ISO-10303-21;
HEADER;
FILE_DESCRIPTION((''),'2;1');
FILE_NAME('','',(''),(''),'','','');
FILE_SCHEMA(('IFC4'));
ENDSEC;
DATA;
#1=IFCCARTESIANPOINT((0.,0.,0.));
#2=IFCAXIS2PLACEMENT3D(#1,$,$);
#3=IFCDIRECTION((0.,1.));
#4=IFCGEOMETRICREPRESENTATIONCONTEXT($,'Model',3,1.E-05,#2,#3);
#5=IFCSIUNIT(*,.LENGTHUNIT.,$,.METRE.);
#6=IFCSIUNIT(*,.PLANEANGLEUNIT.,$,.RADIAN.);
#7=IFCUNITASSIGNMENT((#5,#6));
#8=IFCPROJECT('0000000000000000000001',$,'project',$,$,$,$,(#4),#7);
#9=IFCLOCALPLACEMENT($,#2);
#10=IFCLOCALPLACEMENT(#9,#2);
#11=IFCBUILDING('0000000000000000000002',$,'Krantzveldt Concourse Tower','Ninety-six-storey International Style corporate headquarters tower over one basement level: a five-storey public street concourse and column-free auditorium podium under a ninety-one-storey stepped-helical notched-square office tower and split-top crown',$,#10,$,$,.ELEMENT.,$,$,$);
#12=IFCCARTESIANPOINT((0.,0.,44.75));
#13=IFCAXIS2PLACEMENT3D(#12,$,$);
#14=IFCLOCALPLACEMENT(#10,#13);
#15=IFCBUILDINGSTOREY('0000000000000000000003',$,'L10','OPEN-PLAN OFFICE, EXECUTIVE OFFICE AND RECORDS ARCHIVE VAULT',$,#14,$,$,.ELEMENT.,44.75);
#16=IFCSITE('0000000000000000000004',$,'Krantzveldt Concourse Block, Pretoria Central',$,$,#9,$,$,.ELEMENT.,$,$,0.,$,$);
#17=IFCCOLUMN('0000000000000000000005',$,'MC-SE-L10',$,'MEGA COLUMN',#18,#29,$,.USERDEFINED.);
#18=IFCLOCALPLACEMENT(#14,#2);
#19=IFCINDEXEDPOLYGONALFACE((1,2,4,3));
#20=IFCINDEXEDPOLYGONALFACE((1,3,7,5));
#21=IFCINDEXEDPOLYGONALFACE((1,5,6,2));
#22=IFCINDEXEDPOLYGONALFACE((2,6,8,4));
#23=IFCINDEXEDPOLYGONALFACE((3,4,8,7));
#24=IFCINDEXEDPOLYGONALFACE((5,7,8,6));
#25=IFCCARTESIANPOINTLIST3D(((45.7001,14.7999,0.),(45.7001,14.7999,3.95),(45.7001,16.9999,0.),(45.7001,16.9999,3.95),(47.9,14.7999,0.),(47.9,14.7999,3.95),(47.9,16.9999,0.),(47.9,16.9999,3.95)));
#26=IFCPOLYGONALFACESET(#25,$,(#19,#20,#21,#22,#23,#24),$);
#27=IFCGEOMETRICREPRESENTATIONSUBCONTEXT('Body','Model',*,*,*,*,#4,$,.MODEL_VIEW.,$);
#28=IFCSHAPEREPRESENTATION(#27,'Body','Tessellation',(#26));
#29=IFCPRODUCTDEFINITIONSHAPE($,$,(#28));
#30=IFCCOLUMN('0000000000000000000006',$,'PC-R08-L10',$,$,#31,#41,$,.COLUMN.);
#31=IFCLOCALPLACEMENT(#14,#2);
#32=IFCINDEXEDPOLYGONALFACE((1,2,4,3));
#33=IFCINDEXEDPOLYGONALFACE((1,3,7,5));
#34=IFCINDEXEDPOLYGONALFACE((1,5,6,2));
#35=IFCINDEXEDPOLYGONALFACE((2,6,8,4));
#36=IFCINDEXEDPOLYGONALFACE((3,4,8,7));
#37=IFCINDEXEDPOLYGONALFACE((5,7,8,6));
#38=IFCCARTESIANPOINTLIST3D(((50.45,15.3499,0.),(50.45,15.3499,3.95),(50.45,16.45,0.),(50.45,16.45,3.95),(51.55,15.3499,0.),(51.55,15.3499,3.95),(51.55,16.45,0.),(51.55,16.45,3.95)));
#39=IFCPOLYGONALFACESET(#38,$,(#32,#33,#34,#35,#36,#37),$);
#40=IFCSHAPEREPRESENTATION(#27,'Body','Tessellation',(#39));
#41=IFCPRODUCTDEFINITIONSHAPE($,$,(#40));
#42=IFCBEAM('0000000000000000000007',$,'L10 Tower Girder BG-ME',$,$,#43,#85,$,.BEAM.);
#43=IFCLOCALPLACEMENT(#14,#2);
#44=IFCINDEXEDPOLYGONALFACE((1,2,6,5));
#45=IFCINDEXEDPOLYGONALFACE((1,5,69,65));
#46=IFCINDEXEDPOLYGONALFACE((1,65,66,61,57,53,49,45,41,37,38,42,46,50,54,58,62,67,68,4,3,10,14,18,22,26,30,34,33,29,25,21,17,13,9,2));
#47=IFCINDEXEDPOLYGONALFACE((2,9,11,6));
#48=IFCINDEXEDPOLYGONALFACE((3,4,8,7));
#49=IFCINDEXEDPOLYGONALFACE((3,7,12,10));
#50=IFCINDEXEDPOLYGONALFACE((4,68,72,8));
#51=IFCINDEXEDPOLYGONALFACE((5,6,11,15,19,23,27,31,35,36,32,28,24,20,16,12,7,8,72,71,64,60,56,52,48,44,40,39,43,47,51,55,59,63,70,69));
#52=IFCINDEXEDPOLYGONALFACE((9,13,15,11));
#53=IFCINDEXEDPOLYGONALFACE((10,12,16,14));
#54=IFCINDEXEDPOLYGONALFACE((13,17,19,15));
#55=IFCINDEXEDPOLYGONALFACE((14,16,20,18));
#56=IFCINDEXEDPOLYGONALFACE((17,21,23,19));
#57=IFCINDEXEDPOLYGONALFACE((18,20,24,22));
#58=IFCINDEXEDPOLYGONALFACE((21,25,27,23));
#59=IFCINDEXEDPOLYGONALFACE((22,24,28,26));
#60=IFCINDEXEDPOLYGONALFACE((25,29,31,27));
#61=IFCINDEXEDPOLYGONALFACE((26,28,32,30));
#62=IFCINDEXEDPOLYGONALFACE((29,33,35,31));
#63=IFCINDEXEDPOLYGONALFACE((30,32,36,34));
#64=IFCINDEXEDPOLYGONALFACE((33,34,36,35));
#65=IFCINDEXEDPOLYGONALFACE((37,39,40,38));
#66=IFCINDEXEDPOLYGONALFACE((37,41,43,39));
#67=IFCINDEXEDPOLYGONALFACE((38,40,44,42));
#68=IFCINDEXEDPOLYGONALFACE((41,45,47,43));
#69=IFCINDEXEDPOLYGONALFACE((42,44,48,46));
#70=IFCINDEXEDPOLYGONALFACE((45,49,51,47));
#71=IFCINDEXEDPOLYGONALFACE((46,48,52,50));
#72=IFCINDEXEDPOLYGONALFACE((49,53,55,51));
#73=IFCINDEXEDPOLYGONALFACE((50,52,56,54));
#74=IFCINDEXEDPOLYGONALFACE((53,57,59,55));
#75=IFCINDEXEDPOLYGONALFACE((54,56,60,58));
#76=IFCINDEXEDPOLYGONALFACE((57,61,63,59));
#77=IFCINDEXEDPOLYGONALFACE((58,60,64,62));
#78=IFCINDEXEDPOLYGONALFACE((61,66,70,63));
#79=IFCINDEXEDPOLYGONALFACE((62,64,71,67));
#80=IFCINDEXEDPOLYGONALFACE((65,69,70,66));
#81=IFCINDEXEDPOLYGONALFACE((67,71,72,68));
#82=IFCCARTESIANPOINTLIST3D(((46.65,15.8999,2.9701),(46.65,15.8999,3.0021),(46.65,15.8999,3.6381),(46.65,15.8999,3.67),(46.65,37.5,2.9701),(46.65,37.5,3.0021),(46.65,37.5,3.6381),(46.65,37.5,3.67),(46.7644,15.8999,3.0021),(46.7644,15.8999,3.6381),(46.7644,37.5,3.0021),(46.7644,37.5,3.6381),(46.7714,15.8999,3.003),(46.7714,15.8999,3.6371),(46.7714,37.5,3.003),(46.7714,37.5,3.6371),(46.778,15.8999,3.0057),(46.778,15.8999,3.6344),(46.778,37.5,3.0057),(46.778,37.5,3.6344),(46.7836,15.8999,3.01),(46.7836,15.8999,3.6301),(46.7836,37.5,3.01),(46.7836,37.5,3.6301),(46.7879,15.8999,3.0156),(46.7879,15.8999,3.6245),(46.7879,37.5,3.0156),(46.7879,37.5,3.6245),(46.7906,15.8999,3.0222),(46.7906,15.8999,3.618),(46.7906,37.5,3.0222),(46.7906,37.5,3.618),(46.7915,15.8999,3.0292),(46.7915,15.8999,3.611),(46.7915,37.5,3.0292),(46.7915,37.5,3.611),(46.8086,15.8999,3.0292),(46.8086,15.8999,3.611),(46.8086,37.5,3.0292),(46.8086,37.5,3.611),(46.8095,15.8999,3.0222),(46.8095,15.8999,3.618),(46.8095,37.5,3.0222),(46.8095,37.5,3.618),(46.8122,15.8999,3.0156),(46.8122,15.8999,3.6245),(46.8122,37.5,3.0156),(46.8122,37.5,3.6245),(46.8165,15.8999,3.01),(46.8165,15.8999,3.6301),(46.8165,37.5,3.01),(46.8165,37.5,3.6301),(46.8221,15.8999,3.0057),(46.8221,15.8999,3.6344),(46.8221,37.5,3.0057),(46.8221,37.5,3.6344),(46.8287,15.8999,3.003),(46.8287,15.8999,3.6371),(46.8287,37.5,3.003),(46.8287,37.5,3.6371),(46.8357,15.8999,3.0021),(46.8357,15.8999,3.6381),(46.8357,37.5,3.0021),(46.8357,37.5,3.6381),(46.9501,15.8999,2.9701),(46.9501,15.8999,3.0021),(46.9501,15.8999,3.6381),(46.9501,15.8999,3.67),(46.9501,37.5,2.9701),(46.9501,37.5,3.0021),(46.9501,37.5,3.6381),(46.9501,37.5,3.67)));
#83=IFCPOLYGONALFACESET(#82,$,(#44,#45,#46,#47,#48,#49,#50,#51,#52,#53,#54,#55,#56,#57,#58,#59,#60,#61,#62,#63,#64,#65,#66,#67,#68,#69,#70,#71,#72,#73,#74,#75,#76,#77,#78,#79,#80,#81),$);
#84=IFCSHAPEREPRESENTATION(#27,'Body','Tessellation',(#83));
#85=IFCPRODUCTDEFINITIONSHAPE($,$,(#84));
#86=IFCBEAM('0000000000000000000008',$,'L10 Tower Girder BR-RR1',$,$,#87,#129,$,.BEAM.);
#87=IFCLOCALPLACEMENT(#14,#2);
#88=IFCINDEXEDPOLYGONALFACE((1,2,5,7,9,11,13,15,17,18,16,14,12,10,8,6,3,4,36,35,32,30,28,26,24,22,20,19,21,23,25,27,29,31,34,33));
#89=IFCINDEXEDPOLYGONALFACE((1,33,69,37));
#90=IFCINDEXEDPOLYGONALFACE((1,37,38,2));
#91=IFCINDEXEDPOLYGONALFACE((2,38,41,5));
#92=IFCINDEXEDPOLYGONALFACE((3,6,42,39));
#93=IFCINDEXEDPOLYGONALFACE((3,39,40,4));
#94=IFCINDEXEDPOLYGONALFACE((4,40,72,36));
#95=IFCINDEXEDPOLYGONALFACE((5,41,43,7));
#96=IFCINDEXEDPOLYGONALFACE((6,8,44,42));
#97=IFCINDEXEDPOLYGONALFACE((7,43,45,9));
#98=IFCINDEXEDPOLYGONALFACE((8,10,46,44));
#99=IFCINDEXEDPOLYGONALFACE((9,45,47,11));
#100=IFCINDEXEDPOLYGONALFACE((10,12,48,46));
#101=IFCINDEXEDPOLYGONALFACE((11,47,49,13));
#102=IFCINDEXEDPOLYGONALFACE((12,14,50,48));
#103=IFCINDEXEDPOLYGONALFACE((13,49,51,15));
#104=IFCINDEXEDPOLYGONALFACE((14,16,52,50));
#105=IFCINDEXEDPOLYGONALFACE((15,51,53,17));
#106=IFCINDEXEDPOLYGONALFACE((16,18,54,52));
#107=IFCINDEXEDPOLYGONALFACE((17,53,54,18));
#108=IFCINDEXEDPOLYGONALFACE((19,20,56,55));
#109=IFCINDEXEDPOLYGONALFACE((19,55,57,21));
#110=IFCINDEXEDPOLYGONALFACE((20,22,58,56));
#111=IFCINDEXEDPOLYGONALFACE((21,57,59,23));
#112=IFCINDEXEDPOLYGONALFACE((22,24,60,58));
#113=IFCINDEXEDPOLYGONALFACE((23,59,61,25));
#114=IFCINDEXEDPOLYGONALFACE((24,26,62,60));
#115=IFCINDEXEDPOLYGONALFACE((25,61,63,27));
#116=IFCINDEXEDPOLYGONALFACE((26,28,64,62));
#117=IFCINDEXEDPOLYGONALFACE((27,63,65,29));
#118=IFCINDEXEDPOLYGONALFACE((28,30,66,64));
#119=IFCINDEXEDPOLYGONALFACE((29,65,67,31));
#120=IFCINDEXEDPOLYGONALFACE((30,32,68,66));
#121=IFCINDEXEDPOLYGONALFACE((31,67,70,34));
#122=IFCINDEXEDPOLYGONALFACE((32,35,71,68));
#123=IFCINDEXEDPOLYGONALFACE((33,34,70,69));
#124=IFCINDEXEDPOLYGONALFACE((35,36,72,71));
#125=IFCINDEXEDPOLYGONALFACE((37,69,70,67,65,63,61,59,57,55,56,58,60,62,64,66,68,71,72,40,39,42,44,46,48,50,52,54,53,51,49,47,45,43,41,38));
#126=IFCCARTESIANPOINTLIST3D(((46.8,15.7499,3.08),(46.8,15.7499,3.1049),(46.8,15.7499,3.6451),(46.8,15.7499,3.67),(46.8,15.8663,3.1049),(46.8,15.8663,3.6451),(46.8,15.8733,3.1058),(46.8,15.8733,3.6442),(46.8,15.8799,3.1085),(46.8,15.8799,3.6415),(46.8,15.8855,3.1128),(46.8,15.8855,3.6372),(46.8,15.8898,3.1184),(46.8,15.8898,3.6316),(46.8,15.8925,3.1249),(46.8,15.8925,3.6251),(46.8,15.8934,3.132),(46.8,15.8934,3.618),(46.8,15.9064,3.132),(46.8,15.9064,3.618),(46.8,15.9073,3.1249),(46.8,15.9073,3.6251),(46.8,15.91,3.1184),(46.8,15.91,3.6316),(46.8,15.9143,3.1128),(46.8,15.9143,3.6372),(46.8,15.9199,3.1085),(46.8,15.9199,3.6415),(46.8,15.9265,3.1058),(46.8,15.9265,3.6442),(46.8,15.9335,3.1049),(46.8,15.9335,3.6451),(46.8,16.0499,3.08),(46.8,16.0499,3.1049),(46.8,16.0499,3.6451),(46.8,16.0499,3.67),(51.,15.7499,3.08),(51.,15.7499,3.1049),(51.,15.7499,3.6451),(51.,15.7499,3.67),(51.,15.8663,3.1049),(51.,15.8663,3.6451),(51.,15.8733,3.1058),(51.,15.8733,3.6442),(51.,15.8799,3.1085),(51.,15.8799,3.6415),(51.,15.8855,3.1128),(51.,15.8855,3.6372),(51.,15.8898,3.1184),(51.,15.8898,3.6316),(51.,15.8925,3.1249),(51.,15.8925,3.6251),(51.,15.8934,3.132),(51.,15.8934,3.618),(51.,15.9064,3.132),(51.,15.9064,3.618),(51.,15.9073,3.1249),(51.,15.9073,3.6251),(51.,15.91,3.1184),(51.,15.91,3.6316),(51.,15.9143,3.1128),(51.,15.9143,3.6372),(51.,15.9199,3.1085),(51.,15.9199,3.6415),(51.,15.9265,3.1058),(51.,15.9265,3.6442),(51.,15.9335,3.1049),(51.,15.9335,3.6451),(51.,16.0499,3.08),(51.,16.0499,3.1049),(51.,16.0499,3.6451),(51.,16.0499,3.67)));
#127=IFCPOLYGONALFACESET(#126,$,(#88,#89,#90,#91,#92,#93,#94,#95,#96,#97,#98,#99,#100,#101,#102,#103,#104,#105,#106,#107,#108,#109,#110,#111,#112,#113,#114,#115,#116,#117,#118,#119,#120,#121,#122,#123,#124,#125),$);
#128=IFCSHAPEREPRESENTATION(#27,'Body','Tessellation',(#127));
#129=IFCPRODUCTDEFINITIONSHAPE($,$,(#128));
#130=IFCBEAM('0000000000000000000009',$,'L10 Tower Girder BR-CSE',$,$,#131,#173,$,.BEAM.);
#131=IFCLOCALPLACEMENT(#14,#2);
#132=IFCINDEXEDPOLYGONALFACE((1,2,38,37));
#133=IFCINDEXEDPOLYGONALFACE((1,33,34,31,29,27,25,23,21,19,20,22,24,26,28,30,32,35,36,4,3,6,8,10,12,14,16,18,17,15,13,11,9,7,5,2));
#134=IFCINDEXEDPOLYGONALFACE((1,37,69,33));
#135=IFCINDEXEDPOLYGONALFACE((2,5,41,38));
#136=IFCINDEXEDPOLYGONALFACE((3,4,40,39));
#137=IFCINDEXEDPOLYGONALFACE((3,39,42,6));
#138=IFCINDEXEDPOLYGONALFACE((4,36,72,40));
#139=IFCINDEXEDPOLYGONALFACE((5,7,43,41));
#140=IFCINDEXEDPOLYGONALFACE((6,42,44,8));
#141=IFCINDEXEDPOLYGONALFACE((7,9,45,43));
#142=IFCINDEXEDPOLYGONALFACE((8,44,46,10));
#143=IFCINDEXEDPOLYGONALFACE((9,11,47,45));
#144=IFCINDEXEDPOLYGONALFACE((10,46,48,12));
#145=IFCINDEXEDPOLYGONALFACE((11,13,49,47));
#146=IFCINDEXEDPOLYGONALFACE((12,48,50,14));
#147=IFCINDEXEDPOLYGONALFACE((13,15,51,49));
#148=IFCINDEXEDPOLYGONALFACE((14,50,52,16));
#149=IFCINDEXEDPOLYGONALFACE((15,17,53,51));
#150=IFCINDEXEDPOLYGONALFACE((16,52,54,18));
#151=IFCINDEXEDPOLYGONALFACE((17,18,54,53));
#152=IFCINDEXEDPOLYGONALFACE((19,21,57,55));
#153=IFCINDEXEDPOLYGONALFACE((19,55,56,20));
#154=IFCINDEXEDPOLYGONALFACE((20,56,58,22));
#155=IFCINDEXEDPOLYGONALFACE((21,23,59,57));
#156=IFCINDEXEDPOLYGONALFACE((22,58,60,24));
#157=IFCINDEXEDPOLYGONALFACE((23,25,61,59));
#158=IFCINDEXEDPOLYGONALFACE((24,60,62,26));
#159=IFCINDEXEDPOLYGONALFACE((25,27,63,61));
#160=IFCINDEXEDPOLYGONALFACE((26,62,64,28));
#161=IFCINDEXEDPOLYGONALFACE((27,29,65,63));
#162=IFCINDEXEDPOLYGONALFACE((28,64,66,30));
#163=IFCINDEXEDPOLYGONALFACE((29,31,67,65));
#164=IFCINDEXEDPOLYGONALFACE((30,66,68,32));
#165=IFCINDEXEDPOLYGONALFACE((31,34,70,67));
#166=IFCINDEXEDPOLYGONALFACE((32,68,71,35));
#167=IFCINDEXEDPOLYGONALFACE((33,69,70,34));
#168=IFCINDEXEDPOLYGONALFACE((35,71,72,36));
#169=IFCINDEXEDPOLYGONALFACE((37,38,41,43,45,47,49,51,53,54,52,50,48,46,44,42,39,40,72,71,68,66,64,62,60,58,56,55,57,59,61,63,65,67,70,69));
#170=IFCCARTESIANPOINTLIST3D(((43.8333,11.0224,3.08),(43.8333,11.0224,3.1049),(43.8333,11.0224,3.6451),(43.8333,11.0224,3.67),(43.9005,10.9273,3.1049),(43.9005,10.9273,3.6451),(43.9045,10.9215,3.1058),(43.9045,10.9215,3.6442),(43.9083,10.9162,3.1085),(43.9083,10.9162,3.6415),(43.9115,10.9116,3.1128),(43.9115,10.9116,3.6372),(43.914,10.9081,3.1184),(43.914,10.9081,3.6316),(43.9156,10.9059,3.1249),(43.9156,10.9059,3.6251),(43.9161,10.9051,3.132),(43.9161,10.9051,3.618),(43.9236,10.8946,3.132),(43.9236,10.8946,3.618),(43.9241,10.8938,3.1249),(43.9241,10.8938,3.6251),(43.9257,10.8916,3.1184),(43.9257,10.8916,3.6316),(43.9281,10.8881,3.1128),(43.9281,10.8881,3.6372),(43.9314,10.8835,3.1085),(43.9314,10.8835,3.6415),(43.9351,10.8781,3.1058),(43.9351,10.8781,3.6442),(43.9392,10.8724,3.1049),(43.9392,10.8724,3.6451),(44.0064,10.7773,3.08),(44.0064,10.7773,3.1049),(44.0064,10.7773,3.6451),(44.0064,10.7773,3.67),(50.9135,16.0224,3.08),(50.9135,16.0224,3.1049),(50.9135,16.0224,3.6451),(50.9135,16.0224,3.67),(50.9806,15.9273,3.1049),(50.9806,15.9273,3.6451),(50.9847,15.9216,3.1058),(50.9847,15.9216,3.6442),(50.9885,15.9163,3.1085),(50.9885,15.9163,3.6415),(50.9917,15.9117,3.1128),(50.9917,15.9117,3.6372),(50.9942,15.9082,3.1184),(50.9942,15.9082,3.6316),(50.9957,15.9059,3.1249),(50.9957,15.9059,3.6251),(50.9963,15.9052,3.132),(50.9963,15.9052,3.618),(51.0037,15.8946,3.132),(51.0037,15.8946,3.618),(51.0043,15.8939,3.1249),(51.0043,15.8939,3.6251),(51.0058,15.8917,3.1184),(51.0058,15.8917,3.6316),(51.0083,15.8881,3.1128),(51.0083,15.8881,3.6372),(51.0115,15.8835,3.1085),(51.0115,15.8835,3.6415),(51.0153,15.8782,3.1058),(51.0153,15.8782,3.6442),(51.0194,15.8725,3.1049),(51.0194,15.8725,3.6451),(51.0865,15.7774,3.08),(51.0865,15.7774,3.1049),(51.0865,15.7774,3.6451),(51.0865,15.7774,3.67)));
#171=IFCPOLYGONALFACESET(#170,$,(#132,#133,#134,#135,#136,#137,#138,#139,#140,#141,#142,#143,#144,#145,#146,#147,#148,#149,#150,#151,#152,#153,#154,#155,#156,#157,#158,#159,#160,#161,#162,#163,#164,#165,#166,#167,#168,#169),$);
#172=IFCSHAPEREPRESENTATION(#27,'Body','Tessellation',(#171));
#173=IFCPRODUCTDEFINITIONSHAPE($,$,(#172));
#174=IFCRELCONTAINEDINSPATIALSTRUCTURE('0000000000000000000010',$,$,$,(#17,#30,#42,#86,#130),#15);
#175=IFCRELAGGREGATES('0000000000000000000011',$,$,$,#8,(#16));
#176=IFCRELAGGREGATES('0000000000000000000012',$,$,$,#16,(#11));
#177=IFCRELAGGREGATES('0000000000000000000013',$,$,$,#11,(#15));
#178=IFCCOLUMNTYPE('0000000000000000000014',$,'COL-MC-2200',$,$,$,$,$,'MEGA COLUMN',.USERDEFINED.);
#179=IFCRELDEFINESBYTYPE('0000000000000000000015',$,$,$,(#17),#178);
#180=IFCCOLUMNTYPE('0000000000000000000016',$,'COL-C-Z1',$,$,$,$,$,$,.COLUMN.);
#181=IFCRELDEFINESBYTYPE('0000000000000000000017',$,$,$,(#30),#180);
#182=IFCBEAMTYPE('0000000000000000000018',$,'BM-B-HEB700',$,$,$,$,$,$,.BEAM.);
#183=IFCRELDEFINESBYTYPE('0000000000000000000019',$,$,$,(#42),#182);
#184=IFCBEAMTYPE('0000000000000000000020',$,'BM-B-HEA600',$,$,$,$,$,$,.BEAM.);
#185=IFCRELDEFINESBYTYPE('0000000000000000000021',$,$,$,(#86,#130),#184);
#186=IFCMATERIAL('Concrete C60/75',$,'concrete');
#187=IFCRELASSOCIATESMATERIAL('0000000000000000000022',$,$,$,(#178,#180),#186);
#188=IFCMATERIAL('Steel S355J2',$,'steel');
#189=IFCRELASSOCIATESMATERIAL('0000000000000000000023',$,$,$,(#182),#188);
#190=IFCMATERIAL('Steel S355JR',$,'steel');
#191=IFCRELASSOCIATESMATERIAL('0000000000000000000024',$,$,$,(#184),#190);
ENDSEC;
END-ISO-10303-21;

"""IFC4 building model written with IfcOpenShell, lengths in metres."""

from ifc_helpers import new_model, si_unit, direction, frame, origin, origin_2d, place, context, subcontext, project, spatial, rectangle, i_section, extrude, source, transform, mapped, material, material_profile, profile_set, type_object, type_shapes, element, save


model = new_model("IFC4")

# Units and contexts
model_context = context("Model", 3, precision=1e-05, world=origin(), true_north=direction((0.0, 1.0)))
body_context = subcontext(model_context, "Body", "Model", "MODEL_VIEW")
ifc_project = project(units=[si_unit("LENGTHUNIT", "METRE"), si_unit("PLANEANGLEUNIT", "RADIAN")], contexts=[model_context])

# Site, building, storey
site_placement = place(None, origin())
site = spatial("IfcSite", under=ifc_project, at=site_placement, Name="Krantzveldt Concourse Block, Pretoria Central", CompositionType="ELEMENT", RefElevation=0.0)
building_placement = place(site_placement, origin())
building = spatial("IfcBuilding", under=site, at=building_placement, Name="Krantzveldt Concourse Tower", Description="Ninety-six-storey International Style corporate headquarters tower over one basement level: a five-storey public street concourse and column-free auditorium podium under a ninety-one-storey stepped-helical notched-square office tower and split-top crown", CompositionType="ELEMENT")
storey_placement = place(building_placement, frame((0.0, 0.0, 44.75)))
storey = spatial("IfcBuildingStorey", under=building, at=storey_placement, Name="L10", Description="OPEN-PLAN OFFICE, EXECUTIVE OFFICE AND RECORDS ARCHIVE VAULT", CompositionType="ELEMENT", Elevation=44.75)

# Columns
ifc_material_1 = material(Name="Concrete C60/75", Category="concrete")
ifc_material_profile_1 = material_profile(ifc_material_1, rectangle(XDim=2.2, YDim=2.2, at=origin_2d()), Name="Concrete C60/75", Category="concrete")
ifc_profile_set_1 = profile_set([ifc_material_profile_1], Name="Concrete C60/75 - RC 2200x2200")
column_type_1 = type_object("IfcColumnType", Name="COL-MC-2200", ElementType="MEGA COLUMN", PredefinedType="USERDEFINED", material=ifc_profile_set_1)
shared_shape_1 = source(origin(), body_context, "Body", "SweptSolid", [
    extrude(rectangle(XDim=2.2, YDim=2.2, at=origin_2d()), origin(), (0.0, 0.0, 1.0), 3.95),
])
type_shapes(column_type_1, [shared_shape_1])
column_1_placement = place(storey_placement, frame((46.8, 15.8999, 0.0), z_axis=(0.0, 0.0, 1.0), x_axis=(1.0, 0.0, 0.0)))
element("IfcColumn", 1, at=column_1_placement, inside=storey, type_object=column_type_1, Name="MC-SE-L10", ObjectType="MEGA COLUMN", PredefinedType="USERDEFINED", context=body_context, shape_type="MappedRepresentation", body=[
    mapped(shared_shape_1, transform((0.0, 0.0, 0.0), x_axis=(1.0, 0.0, 0.0), y_axis=(0.0, 1.0, 0.0), z_axis=(0.0, 0.0, 1.0), scale=1.0)),
])
ifc_material_profile_2 = material_profile(ifc_material_1, rectangle(XDim=1.1001, YDim=1.1001, at=origin_2d()), Name="Concrete C60/75", Category="concrete")
ifc_profile_set_2 = profile_set([ifc_material_profile_2], Name="Concrete C60/75 - RC 1100x1100")
column_type_2 = type_object("IfcColumnType", Name="COL-C-Z1", PredefinedType="COLUMN", material=ifc_profile_set_2)
shared_shape_2 = source(origin(), body_context, "Body", "SweptSolid", [
    extrude(rectangle(XDim=1.1001, YDim=1.1001, at=origin_2d()), origin(), (0.0, 0.0, 1.0), 3.95),
])
type_shapes(column_type_2, [shared_shape_2])
column_2_placement = place(storey_placement, frame((51.0, 15.8999, 0.0), z_axis=(0.0, 0.0, 1.0), x_axis=(1.0, 0.0, 0.0)))
element("IfcColumn", 2, at=column_2_placement, inside=storey, type_object=column_type_2, Name="PC-R08-L10", PredefinedType="COLUMN", context=body_context, shape_type="MappedRepresentation", body=[
    mapped(shared_shape_2, transform((0.0, 0.0, 0.0), x_axis=(1.0, 0.0, 0.0), y_axis=(0.0, 1.0, 0.0), z_axis=(0.0, 0.0, 1.0), scale=1.0)),
])

# Beams
ifc_material_2 = material(Name="Steel S355J2", Category="steel")
ifc_material_profile_3 = material_profile(ifc_material_2, i_section(OverallWidth=0.3, OverallDepth=0.7, WebThickness=0.0171, FlangeThickness=0.032, FilletRadius=0.0271, at=origin_2d()), Name="Steel S355J2", Category="steel")
ifc_profile_set_3 = profile_set([ifc_material_profile_3], Name="Steel S355J2 - HEB 700")
beam_type_1 = type_object("IfcBeamType", Name="BM-B-HEB700", PredefinedType="BEAM", material=ifc_profile_set_3)
shared_shape_3 = source(origin(), body_context, "Body", "SweptSolid", [
    extrude(i_section(OverallWidth=0.3, OverallDepth=0.7, WebThickness=0.0171, FlangeThickness=0.032, FilletRadius=0.0271, at=origin_2d()), origin(), (0.0, 0.0, 1.0), 21.6001),
])
type_shapes(beam_type_1, [shared_shape_3])
beam_1_placement = place(storey_placement, frame((46.8, 15.8999, 3.3201), z_axis=(0.0, 1.0, 0.0), x_axis=(-1.0, 0.0, 0.0)))
element("IfcBeam", 3, at=beam_1_placement, inside=storey, type_object=beam_type_1, Name="L10 Tower Girder BG-ME", PredefinedType="BEAM", context=body_context, shape_type="MappedRepresentation", body=[
    mapped(shared_shape_3, transform((0.0, 0.0, 0.0), x_axis=(1.0, 0.0, 0.0), y_axis=(0.0, 1.0, 0.0), z_axis=(0.0, 0.0, 1.0), scale=1.0)),
])
ifc_material_3 = material(Name="Steel S355JR", Category="steel")
ifc_material_profile_4 = material_profile(ifc_material_3, i_section(OverallWidth=0.3, OverallDepth=0.5901, WebThickness=0.0129, FlangeThickness=0.0249, FilletRadius=0.0271, at=origin_2d()), Name="Steel S355JR", Category="steel")
ifc_profile_set_4 = profile_set([ifc_material_profile_4], Name="Steel S355JR - HEA 600")
beam_type_2 = type_object("IfcBeamType", Name="BM-B-HEA600", PredefinedType="BEAM", material=ifc_profile_set_4)
shared_shape_4 = source(origin(), body_context, "Body", "SweptSolid", [
    extrude(i_section(OverallWidth=0.3, OverallDepth=0.5901, WebThickness=0.0129, FlangeThickness=0.0249, FilletRadius=0.0271, at=origin_2d()), origin(), (0.0, 0.0, 1.0), 4.2),
])
beam_2_placement = place(storey_placement, frame((46.8, 15.8999, 3.375), z_axis=(1.0, 0.0, 0.0), x_axis=(0.0, 1.0, 0.0)))
element("IfcBeam", 4, at=beam_2_placement, inside=storey, type_object=beam_type_2, Name="L10 Tower Girder BR-RR1", PredefinedType="BEAM", context=body_context, shape_type="MappedRepresentation", body=[
    mapped(shared_shape_4, transform((0.0, 0.0, 0.0), x_axis=(1.0, 0.0, 0.0), y_axis=(0.0, 1.0, 0.0), z_axis=(0.0, 0.0, 1.0), scale=1.0)),
])
shared_shape_5 = source(origin(), body_context, "Body", "SweptSolid", [
    extrude(i_section(OverallWidth=0.3, OverallDepth=0.5901, WebThickness=0.0129, FlangeThickness=0.0249, FilletRadius=0.0271, at=origin_2d()), origin(), (0.0, 0.0, 1.0), 8.6677),
])
type_shapes(beam_type_2, [shared_shape_4, shared_shape_5])
beam_3_placement = place(storey_placement, frame((51.0, 15.8999, 3.375), z_axis=(-0.816843, -0.57686, 0.0), x_axis=(0.57686, -0.816843, 0.0)))
element("IfcBeam", 5, at=beam_3_placement, inside=storey, type_object=beam_type_2, Name="L10 Tower Girder BR-CSE", PredefinedType="BEAM", context=body_context, shape_type="MappedRepresentation", body=[
    mapped(shared_shape_5, transform((0.0, 0.0, 0.0), x_axis=(1.0, 0.0, 0.0), y_axis=(0.0, 1.0, 0.0), z_axis=(0.0, 0.0, 1.0), scale=1.0)),
])

save(model, "model.ifc")
